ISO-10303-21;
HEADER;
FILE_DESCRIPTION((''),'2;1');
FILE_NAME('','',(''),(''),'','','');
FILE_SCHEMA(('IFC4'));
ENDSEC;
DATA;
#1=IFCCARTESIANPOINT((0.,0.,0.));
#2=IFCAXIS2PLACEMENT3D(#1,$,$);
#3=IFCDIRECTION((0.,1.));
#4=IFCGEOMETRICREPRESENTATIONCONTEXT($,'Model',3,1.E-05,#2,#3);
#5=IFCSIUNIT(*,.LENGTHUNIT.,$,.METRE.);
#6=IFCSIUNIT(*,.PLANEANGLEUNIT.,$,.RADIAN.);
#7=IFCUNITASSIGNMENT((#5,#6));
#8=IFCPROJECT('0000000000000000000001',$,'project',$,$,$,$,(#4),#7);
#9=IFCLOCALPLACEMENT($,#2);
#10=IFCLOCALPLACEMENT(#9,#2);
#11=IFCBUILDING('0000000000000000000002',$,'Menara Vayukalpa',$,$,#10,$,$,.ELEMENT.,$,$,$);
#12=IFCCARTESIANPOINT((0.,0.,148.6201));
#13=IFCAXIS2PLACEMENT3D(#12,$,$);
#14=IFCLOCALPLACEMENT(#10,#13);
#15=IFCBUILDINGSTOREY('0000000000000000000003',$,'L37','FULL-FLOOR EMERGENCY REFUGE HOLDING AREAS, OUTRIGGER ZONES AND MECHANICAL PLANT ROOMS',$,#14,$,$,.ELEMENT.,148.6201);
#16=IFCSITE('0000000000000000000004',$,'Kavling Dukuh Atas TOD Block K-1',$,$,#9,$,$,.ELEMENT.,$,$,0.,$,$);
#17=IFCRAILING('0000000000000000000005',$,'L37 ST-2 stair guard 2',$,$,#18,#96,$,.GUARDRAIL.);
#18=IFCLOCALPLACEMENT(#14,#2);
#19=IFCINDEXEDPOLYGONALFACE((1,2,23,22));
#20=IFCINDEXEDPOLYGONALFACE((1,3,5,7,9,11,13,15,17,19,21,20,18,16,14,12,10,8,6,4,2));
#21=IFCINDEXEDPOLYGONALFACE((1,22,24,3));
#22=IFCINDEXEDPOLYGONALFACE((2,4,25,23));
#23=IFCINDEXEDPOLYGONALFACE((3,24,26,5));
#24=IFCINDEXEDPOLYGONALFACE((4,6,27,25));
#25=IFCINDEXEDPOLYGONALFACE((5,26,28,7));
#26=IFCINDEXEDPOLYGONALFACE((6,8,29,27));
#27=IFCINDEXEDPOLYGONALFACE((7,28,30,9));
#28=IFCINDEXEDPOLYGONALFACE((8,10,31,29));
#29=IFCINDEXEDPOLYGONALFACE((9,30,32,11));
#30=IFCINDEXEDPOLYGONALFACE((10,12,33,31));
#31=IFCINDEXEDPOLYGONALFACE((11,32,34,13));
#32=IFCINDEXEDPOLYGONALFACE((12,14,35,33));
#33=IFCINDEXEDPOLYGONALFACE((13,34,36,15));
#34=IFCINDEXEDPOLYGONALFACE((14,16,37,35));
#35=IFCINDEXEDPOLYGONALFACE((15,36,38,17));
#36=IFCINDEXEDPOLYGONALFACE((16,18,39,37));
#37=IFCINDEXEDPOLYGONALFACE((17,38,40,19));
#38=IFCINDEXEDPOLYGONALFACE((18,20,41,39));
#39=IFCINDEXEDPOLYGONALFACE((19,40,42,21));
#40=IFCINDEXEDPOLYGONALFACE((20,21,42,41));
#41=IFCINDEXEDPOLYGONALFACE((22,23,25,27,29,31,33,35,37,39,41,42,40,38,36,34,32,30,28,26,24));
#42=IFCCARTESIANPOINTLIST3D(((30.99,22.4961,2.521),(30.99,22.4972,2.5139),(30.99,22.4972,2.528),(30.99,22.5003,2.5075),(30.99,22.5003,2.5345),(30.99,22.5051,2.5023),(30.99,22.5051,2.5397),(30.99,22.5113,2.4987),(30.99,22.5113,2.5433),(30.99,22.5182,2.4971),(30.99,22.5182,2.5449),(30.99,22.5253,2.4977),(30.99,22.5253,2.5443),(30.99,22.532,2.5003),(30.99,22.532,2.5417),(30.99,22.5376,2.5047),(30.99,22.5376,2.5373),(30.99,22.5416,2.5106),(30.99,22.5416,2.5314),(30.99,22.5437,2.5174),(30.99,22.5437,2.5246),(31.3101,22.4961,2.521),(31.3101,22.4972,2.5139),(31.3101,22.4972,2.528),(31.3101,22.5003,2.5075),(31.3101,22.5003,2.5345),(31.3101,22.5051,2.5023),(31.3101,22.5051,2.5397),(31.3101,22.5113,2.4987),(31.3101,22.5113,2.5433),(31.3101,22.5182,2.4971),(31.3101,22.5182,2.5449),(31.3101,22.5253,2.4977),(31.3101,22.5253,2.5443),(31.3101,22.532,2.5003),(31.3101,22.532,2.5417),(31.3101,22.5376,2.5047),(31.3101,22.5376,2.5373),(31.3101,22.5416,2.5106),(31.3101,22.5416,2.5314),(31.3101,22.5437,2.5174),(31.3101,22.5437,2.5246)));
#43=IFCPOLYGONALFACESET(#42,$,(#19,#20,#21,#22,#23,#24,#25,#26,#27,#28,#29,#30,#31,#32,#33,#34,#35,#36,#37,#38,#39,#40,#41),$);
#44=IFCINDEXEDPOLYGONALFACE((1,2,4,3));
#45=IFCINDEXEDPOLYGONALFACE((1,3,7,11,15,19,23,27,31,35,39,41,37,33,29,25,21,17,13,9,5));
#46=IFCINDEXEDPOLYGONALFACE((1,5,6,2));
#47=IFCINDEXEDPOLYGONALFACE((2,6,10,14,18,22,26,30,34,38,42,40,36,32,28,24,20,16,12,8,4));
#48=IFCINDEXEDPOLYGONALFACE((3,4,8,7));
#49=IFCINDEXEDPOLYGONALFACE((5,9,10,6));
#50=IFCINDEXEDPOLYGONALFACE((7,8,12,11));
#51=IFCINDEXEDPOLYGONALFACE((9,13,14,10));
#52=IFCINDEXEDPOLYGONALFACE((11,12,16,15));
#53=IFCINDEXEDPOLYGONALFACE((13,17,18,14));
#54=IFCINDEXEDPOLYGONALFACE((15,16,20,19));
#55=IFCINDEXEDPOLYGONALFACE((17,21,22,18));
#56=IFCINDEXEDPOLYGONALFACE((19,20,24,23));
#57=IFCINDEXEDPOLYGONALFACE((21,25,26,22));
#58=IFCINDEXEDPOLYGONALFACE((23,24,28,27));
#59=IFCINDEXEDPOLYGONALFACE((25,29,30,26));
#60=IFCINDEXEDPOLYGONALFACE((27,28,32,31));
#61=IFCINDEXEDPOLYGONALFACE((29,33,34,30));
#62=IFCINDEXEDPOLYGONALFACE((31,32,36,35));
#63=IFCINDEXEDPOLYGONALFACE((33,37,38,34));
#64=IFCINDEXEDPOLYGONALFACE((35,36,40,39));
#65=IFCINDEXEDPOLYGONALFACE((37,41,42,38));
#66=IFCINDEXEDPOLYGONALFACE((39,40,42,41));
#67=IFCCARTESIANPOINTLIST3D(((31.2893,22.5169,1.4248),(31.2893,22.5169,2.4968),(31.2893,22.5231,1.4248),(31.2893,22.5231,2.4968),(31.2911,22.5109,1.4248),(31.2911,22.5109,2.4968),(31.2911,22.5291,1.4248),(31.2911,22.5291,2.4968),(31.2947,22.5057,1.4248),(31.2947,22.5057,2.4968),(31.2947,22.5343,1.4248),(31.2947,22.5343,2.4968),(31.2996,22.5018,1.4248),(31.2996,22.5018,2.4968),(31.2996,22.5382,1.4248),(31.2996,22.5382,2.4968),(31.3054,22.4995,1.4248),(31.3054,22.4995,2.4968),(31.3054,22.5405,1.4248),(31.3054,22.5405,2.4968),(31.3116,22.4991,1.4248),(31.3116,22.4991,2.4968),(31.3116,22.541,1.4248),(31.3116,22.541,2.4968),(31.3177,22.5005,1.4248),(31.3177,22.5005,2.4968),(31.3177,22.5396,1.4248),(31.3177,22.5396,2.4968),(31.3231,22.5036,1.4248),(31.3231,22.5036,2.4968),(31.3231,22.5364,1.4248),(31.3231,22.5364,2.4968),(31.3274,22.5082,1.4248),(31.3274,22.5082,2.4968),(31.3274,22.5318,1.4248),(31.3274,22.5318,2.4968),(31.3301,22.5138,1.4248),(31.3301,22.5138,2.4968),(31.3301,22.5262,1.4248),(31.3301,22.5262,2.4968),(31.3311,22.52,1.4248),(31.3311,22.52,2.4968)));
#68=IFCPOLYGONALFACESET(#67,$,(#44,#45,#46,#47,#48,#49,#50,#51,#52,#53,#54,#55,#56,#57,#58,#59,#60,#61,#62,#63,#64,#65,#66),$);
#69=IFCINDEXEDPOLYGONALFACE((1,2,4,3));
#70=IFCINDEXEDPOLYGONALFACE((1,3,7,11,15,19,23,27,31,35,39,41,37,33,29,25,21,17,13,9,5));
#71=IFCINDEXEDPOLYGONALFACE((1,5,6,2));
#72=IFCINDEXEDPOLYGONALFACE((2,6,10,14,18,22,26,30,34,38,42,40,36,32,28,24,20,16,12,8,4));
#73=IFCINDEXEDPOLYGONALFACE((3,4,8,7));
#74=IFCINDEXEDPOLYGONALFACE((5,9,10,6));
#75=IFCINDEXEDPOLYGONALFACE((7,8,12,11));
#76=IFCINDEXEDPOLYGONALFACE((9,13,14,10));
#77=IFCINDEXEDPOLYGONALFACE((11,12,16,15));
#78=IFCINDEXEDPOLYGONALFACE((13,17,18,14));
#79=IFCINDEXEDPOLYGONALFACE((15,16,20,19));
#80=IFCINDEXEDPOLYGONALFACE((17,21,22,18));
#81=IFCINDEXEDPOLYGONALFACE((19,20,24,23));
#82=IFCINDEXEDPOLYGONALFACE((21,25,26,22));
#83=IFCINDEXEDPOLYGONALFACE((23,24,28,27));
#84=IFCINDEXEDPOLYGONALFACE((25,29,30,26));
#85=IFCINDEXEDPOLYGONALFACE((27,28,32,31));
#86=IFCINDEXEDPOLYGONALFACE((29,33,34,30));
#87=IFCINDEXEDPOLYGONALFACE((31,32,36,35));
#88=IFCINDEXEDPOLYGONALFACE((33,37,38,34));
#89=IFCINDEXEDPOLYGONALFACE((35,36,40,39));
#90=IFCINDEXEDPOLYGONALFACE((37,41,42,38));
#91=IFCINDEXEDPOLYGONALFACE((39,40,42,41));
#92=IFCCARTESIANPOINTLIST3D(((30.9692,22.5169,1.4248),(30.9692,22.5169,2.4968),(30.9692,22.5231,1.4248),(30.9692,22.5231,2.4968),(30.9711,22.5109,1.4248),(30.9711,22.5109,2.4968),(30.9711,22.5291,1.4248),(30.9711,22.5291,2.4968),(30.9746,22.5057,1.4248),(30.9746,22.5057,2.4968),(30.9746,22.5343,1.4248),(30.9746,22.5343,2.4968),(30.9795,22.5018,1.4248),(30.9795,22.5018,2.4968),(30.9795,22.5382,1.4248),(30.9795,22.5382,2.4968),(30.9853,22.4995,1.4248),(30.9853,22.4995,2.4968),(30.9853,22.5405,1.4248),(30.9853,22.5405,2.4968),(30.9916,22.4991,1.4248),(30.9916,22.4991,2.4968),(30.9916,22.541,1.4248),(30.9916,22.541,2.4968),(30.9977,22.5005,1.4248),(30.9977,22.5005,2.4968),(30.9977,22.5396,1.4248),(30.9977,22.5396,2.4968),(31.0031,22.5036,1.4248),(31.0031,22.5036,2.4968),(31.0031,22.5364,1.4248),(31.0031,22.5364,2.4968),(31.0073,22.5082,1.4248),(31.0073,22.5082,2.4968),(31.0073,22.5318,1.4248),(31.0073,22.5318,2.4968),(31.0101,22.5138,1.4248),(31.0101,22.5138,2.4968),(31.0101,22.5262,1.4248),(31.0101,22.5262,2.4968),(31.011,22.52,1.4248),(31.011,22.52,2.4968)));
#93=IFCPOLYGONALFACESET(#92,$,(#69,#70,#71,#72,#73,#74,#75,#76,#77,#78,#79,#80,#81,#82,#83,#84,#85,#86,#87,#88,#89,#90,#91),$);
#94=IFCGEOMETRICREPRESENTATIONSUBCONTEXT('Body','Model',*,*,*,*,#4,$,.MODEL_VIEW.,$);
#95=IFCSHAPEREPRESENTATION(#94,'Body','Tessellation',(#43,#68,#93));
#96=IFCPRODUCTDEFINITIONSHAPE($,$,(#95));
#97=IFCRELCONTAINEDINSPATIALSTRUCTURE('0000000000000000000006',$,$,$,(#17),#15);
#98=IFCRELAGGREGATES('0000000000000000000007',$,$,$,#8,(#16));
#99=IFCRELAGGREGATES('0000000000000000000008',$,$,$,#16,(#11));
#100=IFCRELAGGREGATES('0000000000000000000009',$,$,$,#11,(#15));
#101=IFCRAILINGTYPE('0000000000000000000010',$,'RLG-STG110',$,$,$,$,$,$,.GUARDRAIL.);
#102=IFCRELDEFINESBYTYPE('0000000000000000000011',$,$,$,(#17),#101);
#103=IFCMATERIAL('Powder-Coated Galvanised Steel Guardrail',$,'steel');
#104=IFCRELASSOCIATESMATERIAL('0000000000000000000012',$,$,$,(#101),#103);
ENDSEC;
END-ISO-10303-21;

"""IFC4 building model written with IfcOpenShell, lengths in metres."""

from ifc_helpers import new_model, si_unit, direction, frame, origin, origin_2d, place, context, subcontext, project, spatial, circle, extrude, material, type_object, element, save


model = new_model("IFC4")

# Units and contexts
model_context = context("Model", 3, precision=1e-05, world=origin(), true_north=direction((0.0, 1.0)))
body_context = subcontext(model_context, "Body", "Model", "MODEL_VIEW")
ifc_project = project(units=[si_unit("LENGTHUNIT", "METRE"), si_unit("PLANEANGLEUNIT", "RADIAN")], contexts=[model_context])

# Site, building, storey
site_placement = place(None, origin())
site = spatial("IfcSite", under=ifc_project, at=site_placement, Name="Kavling Dukuh Atas TOD Block K-1", CompositionType="ELEMENT", RefElevation=0.0)
building_placement = place(site_placement, origin())
building = spatial("IfcBuilding", under=site, at=building_placement, Name="Menara Vayukalpa", CompositionType="ELEMENT")
storey_placement = place(building_placement, frame((0.0, 0.0, 148.6201)))
storey = spatial("IfcBuildingStorey", under=building, at=storey_placement, Name="L37", Description="FULL-FLOOR EMERGENCY REFUGE HOLDING AREAS, OUTRIGGER ZONES AND MECHANICAL PLANT ROOMS", CompositionType="ELEMENT", Elevation=148.6201)

# Railing
ifc_material_1 = material(Name="Powder-Coated Galvanised Steel Guardrail", Category="steel")
railing_type_1 = type_object("IfcRailingType", Name="RLG-STG110", PredefinedType="GUARDRAIL", material=ifc_material_1)
railing_1_placement = place(storey_placement, frame((31.3101, 22.52, 1.4248)))
element("IfcRailing", 1, at=railing_1_placement, inside=storey, type_object=railing_type_1, Name="L37 ST-2 stair guard 2", PredefinedType="GUARDRAIL", context=body_context, shape_type="SweptSolid", body=[
    extrude(circle(Radius=0.0239, at=origin_2d()), frame((0.0, 0.0, 1.0962), z_axis=(-1.0, 0.0, 0.0), x_axis=(0.0, -1.0, 0.0)), (0.0, 0.0, 1.0), 0.3201),
    extrude(circle(Radius=0.021, at=origin_2d()), origin(), (0.0, 0.0, 1.0), 1.072),
    extrude(circle(Radius=0.021, at=origin_2d()), frame((-0.3201, 0.0, 0.0)), (0.0, 0.0, 1.0), 1.072),
])

save(model, "model.ifc")
